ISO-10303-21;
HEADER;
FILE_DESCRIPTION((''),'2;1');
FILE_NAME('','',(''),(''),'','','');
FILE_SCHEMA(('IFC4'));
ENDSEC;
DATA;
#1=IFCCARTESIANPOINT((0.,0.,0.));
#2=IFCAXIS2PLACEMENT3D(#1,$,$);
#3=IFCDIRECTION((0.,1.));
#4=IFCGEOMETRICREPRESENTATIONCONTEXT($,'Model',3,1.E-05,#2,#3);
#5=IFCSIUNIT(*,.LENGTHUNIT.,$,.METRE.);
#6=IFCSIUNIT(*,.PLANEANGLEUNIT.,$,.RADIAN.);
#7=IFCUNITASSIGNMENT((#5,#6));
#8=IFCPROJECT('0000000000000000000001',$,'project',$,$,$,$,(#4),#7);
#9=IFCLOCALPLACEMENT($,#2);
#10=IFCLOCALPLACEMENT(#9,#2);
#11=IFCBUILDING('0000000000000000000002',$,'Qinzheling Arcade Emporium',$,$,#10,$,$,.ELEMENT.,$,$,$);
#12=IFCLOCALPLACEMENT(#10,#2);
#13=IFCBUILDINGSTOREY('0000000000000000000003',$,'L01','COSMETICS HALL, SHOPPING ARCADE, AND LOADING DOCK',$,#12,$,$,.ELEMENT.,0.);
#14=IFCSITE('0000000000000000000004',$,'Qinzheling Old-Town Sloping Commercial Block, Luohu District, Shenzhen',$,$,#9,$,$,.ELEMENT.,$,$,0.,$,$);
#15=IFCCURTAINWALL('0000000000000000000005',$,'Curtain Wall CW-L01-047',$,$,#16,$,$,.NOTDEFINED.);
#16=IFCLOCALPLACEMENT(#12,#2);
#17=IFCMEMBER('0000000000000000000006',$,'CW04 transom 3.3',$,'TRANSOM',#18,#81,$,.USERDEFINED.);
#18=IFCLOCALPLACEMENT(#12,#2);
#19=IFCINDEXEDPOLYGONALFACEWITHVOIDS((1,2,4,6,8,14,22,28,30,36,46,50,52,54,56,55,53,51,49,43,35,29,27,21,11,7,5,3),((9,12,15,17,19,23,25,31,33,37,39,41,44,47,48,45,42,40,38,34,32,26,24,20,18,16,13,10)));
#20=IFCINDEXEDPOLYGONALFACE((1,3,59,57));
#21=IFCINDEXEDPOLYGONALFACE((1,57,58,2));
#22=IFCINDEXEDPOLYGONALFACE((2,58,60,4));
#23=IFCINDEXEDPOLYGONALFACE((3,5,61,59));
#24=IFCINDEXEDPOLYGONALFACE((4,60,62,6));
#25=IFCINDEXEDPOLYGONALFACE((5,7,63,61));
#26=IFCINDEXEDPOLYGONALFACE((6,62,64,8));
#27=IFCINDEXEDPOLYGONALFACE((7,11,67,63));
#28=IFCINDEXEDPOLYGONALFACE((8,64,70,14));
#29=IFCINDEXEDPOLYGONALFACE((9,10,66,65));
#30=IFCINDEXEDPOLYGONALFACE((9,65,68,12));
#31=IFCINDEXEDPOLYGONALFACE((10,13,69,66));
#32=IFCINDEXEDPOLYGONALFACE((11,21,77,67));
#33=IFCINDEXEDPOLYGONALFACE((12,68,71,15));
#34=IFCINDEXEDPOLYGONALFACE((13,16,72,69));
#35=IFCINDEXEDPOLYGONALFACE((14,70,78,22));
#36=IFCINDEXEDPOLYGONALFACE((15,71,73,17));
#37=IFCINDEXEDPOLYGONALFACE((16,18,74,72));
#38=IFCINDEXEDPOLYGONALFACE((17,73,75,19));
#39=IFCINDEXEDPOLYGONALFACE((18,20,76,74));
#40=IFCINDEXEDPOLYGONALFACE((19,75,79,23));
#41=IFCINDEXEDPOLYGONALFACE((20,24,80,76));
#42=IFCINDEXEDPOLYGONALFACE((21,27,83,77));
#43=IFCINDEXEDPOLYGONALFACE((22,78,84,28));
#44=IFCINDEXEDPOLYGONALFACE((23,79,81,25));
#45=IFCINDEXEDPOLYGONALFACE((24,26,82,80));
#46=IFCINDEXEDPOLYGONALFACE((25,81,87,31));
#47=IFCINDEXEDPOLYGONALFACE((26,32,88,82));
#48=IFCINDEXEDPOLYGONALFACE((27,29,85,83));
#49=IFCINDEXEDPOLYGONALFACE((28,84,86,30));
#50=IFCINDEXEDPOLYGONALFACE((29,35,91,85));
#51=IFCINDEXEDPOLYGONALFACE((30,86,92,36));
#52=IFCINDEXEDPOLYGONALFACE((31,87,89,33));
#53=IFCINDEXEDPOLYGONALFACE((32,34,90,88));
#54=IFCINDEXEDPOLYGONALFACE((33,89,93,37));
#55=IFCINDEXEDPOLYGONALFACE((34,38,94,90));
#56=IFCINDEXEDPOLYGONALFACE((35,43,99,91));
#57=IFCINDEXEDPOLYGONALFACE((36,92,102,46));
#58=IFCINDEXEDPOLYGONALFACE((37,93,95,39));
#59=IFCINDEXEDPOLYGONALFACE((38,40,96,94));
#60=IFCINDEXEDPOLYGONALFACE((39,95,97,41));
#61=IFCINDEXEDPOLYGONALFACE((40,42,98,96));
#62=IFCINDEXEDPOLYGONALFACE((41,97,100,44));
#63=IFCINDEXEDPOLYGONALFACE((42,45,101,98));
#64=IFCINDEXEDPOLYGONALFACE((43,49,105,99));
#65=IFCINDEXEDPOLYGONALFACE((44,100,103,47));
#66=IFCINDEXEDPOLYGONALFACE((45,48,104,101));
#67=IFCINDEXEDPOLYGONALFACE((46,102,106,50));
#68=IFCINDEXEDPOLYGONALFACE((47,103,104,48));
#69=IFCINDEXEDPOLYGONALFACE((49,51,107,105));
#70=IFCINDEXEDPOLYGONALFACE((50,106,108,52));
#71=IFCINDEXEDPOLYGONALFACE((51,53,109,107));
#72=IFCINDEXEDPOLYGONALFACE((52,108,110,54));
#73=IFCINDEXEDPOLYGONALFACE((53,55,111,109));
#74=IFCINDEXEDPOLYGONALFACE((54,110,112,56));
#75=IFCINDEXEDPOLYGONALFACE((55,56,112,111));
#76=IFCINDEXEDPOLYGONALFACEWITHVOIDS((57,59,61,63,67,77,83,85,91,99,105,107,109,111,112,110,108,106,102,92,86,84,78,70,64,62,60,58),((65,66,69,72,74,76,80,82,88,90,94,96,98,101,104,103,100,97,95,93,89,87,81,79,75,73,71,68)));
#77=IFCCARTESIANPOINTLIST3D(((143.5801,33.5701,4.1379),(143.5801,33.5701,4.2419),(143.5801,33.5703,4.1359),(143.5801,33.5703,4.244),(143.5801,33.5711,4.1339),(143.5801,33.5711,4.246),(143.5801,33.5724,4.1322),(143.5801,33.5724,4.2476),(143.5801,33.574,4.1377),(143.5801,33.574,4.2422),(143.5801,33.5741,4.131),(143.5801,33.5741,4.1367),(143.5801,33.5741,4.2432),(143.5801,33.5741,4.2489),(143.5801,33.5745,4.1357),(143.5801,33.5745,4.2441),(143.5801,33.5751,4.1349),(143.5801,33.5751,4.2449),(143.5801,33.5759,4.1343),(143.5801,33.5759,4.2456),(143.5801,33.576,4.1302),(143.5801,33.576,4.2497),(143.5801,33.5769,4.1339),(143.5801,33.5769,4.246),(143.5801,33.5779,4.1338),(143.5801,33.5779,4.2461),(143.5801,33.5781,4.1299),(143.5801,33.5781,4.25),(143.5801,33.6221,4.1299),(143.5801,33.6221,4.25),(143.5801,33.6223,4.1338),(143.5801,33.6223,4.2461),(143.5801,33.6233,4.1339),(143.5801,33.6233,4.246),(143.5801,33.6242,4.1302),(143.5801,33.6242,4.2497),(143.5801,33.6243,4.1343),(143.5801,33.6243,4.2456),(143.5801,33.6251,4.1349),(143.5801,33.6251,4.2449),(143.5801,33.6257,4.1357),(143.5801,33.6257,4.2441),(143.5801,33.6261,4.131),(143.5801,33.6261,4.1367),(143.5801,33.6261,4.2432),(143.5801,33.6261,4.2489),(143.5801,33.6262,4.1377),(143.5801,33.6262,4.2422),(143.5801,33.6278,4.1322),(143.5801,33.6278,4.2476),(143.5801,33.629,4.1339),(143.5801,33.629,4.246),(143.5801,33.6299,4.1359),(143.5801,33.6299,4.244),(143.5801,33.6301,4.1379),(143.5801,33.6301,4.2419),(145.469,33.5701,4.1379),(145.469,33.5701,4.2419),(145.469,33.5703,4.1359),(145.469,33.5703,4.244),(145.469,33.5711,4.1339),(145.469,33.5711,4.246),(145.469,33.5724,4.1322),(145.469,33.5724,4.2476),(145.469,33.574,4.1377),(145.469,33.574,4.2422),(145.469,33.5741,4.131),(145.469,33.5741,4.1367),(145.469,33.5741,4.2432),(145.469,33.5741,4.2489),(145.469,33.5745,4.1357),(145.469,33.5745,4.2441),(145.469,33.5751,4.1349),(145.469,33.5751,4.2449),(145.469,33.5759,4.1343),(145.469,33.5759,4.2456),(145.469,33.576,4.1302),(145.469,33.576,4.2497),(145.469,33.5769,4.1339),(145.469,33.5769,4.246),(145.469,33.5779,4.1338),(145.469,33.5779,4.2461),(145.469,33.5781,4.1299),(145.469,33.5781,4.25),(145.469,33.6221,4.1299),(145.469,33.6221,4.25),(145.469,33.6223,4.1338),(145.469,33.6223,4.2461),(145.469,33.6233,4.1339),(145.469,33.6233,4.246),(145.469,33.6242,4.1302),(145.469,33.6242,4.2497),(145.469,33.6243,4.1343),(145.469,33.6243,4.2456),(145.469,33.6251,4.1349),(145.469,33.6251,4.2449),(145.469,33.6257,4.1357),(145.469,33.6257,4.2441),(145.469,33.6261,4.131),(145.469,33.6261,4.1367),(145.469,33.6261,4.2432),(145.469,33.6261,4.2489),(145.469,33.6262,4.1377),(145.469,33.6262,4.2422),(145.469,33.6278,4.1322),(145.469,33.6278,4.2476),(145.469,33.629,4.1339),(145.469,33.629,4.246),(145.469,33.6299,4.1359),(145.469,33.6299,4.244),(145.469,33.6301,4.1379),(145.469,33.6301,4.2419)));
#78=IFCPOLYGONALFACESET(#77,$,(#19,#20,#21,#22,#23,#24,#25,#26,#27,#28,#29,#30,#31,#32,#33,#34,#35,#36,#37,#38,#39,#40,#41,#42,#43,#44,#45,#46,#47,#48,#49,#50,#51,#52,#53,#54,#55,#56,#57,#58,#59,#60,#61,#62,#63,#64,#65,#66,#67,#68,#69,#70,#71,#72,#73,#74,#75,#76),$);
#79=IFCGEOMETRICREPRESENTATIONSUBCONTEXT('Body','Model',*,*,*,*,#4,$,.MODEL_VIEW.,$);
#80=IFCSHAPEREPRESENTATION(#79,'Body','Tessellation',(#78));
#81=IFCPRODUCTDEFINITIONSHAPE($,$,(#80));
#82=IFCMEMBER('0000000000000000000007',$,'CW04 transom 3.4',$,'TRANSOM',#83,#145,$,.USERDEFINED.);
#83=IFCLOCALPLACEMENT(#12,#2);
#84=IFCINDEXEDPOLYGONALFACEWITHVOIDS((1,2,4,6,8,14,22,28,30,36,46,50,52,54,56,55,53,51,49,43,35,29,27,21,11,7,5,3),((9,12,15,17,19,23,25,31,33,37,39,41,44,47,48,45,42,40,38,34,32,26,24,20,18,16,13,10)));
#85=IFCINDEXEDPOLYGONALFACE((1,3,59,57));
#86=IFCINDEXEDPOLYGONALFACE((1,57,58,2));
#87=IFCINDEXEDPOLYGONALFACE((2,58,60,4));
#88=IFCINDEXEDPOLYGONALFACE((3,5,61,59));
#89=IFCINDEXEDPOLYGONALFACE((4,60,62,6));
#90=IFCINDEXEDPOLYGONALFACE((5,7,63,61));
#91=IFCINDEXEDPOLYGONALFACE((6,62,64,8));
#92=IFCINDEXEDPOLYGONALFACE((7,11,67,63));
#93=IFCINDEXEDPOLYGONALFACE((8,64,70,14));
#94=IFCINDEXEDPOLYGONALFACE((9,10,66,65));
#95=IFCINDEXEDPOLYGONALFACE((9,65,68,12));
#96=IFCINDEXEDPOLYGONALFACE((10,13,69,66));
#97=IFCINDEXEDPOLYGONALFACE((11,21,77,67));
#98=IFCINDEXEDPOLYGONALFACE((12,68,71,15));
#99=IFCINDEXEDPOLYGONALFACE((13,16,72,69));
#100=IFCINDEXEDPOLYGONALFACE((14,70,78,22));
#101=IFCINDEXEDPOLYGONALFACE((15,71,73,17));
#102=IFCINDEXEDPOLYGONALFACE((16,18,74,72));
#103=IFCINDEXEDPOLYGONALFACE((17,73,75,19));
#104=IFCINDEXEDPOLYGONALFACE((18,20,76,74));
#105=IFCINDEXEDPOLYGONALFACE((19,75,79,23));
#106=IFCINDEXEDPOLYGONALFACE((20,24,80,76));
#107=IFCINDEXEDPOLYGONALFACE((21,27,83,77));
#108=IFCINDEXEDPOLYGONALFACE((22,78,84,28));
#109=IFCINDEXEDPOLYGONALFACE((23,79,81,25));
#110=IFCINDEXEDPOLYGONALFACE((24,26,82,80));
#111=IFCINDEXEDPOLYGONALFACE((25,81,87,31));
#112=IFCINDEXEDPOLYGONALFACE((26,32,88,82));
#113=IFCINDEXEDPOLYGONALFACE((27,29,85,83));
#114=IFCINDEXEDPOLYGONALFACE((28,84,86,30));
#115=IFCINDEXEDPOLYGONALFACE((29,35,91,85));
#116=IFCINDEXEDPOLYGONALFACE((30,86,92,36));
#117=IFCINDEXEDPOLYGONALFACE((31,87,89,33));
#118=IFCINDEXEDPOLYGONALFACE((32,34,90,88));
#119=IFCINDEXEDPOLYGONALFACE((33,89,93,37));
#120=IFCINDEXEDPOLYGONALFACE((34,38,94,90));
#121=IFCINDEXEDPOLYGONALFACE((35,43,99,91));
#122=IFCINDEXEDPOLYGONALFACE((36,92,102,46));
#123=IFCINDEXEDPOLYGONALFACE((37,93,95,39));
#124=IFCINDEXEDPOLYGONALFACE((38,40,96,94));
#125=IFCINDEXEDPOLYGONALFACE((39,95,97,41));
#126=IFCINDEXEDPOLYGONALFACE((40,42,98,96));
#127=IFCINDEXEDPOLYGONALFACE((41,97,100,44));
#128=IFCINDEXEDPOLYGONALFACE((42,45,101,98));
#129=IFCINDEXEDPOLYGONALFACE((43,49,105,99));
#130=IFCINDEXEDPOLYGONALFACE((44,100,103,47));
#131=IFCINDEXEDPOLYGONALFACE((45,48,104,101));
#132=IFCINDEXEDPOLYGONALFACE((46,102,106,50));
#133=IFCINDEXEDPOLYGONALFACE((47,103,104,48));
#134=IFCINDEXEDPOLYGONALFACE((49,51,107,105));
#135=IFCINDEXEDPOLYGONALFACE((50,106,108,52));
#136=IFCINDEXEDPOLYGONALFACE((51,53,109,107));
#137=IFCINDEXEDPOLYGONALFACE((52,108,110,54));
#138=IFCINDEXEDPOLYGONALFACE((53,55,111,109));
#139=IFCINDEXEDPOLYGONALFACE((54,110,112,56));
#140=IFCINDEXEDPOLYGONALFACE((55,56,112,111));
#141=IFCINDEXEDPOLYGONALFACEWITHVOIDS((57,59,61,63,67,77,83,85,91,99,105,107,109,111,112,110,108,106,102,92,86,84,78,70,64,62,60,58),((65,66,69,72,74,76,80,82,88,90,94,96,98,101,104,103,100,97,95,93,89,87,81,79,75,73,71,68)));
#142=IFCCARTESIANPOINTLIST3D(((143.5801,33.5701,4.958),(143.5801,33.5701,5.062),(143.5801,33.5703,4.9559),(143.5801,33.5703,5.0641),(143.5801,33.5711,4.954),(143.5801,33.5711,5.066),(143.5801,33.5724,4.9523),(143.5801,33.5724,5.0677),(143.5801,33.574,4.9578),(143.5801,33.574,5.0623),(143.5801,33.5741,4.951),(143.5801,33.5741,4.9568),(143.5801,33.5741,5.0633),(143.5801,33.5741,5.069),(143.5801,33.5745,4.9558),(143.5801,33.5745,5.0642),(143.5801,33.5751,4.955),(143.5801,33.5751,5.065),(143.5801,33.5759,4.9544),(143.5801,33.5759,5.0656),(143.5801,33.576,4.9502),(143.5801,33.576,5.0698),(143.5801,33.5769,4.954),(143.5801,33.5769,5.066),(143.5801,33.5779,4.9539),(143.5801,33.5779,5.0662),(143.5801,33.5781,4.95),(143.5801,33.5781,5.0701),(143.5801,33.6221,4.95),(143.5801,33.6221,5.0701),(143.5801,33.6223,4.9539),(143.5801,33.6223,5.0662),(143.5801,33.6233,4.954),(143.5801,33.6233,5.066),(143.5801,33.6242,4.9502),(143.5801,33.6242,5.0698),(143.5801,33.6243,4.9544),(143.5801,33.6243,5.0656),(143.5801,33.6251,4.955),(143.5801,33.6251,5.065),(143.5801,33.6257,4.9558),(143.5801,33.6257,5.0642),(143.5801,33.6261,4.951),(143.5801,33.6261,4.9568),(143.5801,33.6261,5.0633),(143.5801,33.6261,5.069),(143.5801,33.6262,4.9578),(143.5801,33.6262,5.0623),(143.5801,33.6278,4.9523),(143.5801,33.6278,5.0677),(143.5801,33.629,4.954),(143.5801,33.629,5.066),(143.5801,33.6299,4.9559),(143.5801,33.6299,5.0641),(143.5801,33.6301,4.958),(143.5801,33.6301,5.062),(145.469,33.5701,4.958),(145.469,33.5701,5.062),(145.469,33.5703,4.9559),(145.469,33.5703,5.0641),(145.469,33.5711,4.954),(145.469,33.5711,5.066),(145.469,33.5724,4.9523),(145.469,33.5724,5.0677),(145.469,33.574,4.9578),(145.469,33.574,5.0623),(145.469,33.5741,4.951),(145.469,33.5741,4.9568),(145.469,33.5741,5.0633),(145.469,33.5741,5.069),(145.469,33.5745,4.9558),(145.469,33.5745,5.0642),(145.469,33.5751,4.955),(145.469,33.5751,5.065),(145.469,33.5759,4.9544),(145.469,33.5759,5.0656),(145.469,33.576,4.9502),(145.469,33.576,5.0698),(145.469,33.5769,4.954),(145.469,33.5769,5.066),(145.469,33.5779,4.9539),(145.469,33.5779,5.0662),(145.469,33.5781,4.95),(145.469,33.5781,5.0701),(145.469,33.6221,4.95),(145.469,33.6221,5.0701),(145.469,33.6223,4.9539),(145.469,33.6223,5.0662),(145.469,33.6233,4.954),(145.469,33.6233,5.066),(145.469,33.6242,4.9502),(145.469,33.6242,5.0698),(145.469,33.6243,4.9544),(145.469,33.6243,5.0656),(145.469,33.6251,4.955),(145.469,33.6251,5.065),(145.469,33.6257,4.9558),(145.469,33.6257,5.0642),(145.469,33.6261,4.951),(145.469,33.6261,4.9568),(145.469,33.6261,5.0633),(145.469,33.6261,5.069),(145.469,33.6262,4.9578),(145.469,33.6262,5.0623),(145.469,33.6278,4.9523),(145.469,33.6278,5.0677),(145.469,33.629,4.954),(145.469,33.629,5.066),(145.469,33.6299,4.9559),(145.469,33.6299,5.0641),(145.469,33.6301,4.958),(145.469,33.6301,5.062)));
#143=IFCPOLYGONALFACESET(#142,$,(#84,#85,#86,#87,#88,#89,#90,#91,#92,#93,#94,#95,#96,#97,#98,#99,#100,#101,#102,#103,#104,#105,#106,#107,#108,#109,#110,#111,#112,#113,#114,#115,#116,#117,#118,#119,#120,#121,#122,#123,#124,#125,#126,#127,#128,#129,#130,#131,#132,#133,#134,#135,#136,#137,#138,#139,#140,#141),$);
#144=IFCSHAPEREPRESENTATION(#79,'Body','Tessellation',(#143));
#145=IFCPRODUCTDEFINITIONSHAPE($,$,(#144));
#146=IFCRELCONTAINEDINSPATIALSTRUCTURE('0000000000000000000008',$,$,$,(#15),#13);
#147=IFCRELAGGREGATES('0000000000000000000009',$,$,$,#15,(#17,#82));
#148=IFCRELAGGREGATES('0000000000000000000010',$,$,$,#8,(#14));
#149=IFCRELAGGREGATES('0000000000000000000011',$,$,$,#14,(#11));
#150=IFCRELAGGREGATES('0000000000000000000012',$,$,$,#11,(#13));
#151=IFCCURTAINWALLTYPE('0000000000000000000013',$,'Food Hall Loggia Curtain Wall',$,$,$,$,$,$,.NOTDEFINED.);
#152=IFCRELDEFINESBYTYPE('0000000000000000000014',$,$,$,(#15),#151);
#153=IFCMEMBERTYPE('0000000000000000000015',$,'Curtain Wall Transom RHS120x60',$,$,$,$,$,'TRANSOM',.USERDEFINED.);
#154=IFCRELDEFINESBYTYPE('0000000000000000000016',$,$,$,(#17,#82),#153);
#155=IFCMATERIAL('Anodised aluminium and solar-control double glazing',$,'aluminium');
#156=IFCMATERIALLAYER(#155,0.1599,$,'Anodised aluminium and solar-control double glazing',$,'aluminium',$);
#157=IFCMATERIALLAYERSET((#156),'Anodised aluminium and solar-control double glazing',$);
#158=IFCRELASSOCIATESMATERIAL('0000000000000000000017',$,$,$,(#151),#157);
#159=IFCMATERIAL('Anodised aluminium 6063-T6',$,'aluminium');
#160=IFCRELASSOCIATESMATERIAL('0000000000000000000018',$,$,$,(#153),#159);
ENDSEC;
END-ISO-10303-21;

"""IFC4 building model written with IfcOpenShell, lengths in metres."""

from ifc_helpers import new_model, si_unit, direction, frame, origin, origin_2d, place, context, subcontext, project, spatial, hollow_rectangle, extrude, material, layer, layer_set, material_profile, profile_set, type_object, element, aggregate, save


model = new_model("IFC4")

# Units and contexts
model_context = context("Model", 3, precision=1e-05, world=origin(), true_north=direction((0.0, 1.0)))
body_context = subcontext(model_context, "Body", "Model", "MODEL_VIEW")
ifc_project = project(units=[si_unit("LENGTHUNIT", "METRE"), si_unit("PLANEANGLEUNIT", "RADIAN")], contexts=[model_context])

# Site, building, storey
site_placement = place(None, origin())
site = spatial("IfcSite", under=ifc_project, at=site_placement, Name="Qinzheling Old-Town Sloping Commercial Block, Luohu District, Shenzhen", CompositionType="ELEMENT", RefElevation=0.0)
building_placement = place(site_placement, origin())
building = spatial("IfcBuilding", under=site, at=building_placement, Name="Qinzheling Arcade Emporium", CompositionType="ELEMENT")
storey_placement = place(building_placement, origin())
storey = spatial("IfcBuildingStorey", under=building, at=storey_placement, Name="L01", Description="COSMETICS HALL, SHOPPING ARCADE, AND LOADING DOCK", CompositionType="ELEMENT", Elevation=0.0)

# Curtain wall, members
ifc_material_1 = material(Name="Anodised aluminium and solar-control double glazing", Category="aluminium")
ifc_layer_1 = layer(ifc_material_1, 0.1599, Name="Anodised aluminium and solar-control double glazing", Category="aluminium")
ifc_layer_set_1 = layer_set([ifc_layer_1], Name="Anodised aluminium and solar-control double glazing")
curtain_wall_type = type_object("IfcCurtainWallType", Name="Food Hall Loggia Curtain Wall", PredefinedType="NOTDEFINED", material=ifc_layer_set_1)
curtain_wall_placement = place(storey_placement, origin())
curtain_wall = element("IfcCurtainWall", 1, at=curtain_wall_placement, inside=storey, type_object=curtain_wall_type, Name="Curtain Wall CW-L01-047", PredefinedType="NOTDEFINED")
ifc_material_2 = material(Name="Anodised aluminium 6063-T6", Category="aluminium")
ifc_material_profile_1 = material_profile(ifc_material_2, hollow_rectangle(XDim=0.0601, YDim=0.1201, WallThickness=0.0039, InnerFilletRadius=0.0039, OuterFilletRadius=0.0081, at=origin_2d()), Name="RHS 120x60x4", Category="aluminium")
ifc_profile_set_1 = profile_set([ifc_material_profile_1], Name="Anodised aluminium 6063-T6")
member_type_1 = type_object("IfcMemberType", Name="Curtain Wall Transom RHS120x60", ElementType="TRANSOM", PredefinedType="USERDEFINED", material=ifc_profile_set_1)
member_1_placement = place(storey_placement, frame((143.5801, 33.6001, 4.1899), z_axis=(1.0, 0.0, 0.0), x_axis=(0.0, 1.0, 0.0)))
member_1 = element("IfcMember", 2, at=member_1_placement, type_object=member_type_1, Name="CW04 transom 3.3", ObjectType="TRANSOM", PredefinedType="USERDEFINED", context=body_context, shape_type="SweptSolid", body=[
    extrude(hollow_rectangle(XDim=0.0601, YDim=0.1201, WallThickness=0.0039, InnerFilletRadius=0.0039, OuterFilletRadius=0.0081, at=origin_2d()), origin(), (0.0, 0.0, 1.0), 1.8889),
])
member_2_placement = place(storey_placement, frame((143.5801, 33.6001, 5.01), z_axis=(1.0, 0.0, 0.0), x_axis=(0.0, 1.0, 0.0)))
member_2 = element("IfcMember", 3, at=member_2_placement, type_object=member_type_1, Name="CW04 transom 3.4", ObjectType="TRANSOM", PredefinedType="USERDEFINED", context=body_context, shape_type="SweptSolid", body=[
    extrude(hollow_rectangle(XDim=0.0601, YDim=0.1201, WallThickness=0.0039, InnerFilletRadius=0.0039, OuterFilletRadius=0.0081, at=origin_2d()), origin(), (0.0, 0.0, 1.0), 1.8889),
])

aggregate(curtain_wall, [member_1, member_2])

save(model, "model.ifc")
